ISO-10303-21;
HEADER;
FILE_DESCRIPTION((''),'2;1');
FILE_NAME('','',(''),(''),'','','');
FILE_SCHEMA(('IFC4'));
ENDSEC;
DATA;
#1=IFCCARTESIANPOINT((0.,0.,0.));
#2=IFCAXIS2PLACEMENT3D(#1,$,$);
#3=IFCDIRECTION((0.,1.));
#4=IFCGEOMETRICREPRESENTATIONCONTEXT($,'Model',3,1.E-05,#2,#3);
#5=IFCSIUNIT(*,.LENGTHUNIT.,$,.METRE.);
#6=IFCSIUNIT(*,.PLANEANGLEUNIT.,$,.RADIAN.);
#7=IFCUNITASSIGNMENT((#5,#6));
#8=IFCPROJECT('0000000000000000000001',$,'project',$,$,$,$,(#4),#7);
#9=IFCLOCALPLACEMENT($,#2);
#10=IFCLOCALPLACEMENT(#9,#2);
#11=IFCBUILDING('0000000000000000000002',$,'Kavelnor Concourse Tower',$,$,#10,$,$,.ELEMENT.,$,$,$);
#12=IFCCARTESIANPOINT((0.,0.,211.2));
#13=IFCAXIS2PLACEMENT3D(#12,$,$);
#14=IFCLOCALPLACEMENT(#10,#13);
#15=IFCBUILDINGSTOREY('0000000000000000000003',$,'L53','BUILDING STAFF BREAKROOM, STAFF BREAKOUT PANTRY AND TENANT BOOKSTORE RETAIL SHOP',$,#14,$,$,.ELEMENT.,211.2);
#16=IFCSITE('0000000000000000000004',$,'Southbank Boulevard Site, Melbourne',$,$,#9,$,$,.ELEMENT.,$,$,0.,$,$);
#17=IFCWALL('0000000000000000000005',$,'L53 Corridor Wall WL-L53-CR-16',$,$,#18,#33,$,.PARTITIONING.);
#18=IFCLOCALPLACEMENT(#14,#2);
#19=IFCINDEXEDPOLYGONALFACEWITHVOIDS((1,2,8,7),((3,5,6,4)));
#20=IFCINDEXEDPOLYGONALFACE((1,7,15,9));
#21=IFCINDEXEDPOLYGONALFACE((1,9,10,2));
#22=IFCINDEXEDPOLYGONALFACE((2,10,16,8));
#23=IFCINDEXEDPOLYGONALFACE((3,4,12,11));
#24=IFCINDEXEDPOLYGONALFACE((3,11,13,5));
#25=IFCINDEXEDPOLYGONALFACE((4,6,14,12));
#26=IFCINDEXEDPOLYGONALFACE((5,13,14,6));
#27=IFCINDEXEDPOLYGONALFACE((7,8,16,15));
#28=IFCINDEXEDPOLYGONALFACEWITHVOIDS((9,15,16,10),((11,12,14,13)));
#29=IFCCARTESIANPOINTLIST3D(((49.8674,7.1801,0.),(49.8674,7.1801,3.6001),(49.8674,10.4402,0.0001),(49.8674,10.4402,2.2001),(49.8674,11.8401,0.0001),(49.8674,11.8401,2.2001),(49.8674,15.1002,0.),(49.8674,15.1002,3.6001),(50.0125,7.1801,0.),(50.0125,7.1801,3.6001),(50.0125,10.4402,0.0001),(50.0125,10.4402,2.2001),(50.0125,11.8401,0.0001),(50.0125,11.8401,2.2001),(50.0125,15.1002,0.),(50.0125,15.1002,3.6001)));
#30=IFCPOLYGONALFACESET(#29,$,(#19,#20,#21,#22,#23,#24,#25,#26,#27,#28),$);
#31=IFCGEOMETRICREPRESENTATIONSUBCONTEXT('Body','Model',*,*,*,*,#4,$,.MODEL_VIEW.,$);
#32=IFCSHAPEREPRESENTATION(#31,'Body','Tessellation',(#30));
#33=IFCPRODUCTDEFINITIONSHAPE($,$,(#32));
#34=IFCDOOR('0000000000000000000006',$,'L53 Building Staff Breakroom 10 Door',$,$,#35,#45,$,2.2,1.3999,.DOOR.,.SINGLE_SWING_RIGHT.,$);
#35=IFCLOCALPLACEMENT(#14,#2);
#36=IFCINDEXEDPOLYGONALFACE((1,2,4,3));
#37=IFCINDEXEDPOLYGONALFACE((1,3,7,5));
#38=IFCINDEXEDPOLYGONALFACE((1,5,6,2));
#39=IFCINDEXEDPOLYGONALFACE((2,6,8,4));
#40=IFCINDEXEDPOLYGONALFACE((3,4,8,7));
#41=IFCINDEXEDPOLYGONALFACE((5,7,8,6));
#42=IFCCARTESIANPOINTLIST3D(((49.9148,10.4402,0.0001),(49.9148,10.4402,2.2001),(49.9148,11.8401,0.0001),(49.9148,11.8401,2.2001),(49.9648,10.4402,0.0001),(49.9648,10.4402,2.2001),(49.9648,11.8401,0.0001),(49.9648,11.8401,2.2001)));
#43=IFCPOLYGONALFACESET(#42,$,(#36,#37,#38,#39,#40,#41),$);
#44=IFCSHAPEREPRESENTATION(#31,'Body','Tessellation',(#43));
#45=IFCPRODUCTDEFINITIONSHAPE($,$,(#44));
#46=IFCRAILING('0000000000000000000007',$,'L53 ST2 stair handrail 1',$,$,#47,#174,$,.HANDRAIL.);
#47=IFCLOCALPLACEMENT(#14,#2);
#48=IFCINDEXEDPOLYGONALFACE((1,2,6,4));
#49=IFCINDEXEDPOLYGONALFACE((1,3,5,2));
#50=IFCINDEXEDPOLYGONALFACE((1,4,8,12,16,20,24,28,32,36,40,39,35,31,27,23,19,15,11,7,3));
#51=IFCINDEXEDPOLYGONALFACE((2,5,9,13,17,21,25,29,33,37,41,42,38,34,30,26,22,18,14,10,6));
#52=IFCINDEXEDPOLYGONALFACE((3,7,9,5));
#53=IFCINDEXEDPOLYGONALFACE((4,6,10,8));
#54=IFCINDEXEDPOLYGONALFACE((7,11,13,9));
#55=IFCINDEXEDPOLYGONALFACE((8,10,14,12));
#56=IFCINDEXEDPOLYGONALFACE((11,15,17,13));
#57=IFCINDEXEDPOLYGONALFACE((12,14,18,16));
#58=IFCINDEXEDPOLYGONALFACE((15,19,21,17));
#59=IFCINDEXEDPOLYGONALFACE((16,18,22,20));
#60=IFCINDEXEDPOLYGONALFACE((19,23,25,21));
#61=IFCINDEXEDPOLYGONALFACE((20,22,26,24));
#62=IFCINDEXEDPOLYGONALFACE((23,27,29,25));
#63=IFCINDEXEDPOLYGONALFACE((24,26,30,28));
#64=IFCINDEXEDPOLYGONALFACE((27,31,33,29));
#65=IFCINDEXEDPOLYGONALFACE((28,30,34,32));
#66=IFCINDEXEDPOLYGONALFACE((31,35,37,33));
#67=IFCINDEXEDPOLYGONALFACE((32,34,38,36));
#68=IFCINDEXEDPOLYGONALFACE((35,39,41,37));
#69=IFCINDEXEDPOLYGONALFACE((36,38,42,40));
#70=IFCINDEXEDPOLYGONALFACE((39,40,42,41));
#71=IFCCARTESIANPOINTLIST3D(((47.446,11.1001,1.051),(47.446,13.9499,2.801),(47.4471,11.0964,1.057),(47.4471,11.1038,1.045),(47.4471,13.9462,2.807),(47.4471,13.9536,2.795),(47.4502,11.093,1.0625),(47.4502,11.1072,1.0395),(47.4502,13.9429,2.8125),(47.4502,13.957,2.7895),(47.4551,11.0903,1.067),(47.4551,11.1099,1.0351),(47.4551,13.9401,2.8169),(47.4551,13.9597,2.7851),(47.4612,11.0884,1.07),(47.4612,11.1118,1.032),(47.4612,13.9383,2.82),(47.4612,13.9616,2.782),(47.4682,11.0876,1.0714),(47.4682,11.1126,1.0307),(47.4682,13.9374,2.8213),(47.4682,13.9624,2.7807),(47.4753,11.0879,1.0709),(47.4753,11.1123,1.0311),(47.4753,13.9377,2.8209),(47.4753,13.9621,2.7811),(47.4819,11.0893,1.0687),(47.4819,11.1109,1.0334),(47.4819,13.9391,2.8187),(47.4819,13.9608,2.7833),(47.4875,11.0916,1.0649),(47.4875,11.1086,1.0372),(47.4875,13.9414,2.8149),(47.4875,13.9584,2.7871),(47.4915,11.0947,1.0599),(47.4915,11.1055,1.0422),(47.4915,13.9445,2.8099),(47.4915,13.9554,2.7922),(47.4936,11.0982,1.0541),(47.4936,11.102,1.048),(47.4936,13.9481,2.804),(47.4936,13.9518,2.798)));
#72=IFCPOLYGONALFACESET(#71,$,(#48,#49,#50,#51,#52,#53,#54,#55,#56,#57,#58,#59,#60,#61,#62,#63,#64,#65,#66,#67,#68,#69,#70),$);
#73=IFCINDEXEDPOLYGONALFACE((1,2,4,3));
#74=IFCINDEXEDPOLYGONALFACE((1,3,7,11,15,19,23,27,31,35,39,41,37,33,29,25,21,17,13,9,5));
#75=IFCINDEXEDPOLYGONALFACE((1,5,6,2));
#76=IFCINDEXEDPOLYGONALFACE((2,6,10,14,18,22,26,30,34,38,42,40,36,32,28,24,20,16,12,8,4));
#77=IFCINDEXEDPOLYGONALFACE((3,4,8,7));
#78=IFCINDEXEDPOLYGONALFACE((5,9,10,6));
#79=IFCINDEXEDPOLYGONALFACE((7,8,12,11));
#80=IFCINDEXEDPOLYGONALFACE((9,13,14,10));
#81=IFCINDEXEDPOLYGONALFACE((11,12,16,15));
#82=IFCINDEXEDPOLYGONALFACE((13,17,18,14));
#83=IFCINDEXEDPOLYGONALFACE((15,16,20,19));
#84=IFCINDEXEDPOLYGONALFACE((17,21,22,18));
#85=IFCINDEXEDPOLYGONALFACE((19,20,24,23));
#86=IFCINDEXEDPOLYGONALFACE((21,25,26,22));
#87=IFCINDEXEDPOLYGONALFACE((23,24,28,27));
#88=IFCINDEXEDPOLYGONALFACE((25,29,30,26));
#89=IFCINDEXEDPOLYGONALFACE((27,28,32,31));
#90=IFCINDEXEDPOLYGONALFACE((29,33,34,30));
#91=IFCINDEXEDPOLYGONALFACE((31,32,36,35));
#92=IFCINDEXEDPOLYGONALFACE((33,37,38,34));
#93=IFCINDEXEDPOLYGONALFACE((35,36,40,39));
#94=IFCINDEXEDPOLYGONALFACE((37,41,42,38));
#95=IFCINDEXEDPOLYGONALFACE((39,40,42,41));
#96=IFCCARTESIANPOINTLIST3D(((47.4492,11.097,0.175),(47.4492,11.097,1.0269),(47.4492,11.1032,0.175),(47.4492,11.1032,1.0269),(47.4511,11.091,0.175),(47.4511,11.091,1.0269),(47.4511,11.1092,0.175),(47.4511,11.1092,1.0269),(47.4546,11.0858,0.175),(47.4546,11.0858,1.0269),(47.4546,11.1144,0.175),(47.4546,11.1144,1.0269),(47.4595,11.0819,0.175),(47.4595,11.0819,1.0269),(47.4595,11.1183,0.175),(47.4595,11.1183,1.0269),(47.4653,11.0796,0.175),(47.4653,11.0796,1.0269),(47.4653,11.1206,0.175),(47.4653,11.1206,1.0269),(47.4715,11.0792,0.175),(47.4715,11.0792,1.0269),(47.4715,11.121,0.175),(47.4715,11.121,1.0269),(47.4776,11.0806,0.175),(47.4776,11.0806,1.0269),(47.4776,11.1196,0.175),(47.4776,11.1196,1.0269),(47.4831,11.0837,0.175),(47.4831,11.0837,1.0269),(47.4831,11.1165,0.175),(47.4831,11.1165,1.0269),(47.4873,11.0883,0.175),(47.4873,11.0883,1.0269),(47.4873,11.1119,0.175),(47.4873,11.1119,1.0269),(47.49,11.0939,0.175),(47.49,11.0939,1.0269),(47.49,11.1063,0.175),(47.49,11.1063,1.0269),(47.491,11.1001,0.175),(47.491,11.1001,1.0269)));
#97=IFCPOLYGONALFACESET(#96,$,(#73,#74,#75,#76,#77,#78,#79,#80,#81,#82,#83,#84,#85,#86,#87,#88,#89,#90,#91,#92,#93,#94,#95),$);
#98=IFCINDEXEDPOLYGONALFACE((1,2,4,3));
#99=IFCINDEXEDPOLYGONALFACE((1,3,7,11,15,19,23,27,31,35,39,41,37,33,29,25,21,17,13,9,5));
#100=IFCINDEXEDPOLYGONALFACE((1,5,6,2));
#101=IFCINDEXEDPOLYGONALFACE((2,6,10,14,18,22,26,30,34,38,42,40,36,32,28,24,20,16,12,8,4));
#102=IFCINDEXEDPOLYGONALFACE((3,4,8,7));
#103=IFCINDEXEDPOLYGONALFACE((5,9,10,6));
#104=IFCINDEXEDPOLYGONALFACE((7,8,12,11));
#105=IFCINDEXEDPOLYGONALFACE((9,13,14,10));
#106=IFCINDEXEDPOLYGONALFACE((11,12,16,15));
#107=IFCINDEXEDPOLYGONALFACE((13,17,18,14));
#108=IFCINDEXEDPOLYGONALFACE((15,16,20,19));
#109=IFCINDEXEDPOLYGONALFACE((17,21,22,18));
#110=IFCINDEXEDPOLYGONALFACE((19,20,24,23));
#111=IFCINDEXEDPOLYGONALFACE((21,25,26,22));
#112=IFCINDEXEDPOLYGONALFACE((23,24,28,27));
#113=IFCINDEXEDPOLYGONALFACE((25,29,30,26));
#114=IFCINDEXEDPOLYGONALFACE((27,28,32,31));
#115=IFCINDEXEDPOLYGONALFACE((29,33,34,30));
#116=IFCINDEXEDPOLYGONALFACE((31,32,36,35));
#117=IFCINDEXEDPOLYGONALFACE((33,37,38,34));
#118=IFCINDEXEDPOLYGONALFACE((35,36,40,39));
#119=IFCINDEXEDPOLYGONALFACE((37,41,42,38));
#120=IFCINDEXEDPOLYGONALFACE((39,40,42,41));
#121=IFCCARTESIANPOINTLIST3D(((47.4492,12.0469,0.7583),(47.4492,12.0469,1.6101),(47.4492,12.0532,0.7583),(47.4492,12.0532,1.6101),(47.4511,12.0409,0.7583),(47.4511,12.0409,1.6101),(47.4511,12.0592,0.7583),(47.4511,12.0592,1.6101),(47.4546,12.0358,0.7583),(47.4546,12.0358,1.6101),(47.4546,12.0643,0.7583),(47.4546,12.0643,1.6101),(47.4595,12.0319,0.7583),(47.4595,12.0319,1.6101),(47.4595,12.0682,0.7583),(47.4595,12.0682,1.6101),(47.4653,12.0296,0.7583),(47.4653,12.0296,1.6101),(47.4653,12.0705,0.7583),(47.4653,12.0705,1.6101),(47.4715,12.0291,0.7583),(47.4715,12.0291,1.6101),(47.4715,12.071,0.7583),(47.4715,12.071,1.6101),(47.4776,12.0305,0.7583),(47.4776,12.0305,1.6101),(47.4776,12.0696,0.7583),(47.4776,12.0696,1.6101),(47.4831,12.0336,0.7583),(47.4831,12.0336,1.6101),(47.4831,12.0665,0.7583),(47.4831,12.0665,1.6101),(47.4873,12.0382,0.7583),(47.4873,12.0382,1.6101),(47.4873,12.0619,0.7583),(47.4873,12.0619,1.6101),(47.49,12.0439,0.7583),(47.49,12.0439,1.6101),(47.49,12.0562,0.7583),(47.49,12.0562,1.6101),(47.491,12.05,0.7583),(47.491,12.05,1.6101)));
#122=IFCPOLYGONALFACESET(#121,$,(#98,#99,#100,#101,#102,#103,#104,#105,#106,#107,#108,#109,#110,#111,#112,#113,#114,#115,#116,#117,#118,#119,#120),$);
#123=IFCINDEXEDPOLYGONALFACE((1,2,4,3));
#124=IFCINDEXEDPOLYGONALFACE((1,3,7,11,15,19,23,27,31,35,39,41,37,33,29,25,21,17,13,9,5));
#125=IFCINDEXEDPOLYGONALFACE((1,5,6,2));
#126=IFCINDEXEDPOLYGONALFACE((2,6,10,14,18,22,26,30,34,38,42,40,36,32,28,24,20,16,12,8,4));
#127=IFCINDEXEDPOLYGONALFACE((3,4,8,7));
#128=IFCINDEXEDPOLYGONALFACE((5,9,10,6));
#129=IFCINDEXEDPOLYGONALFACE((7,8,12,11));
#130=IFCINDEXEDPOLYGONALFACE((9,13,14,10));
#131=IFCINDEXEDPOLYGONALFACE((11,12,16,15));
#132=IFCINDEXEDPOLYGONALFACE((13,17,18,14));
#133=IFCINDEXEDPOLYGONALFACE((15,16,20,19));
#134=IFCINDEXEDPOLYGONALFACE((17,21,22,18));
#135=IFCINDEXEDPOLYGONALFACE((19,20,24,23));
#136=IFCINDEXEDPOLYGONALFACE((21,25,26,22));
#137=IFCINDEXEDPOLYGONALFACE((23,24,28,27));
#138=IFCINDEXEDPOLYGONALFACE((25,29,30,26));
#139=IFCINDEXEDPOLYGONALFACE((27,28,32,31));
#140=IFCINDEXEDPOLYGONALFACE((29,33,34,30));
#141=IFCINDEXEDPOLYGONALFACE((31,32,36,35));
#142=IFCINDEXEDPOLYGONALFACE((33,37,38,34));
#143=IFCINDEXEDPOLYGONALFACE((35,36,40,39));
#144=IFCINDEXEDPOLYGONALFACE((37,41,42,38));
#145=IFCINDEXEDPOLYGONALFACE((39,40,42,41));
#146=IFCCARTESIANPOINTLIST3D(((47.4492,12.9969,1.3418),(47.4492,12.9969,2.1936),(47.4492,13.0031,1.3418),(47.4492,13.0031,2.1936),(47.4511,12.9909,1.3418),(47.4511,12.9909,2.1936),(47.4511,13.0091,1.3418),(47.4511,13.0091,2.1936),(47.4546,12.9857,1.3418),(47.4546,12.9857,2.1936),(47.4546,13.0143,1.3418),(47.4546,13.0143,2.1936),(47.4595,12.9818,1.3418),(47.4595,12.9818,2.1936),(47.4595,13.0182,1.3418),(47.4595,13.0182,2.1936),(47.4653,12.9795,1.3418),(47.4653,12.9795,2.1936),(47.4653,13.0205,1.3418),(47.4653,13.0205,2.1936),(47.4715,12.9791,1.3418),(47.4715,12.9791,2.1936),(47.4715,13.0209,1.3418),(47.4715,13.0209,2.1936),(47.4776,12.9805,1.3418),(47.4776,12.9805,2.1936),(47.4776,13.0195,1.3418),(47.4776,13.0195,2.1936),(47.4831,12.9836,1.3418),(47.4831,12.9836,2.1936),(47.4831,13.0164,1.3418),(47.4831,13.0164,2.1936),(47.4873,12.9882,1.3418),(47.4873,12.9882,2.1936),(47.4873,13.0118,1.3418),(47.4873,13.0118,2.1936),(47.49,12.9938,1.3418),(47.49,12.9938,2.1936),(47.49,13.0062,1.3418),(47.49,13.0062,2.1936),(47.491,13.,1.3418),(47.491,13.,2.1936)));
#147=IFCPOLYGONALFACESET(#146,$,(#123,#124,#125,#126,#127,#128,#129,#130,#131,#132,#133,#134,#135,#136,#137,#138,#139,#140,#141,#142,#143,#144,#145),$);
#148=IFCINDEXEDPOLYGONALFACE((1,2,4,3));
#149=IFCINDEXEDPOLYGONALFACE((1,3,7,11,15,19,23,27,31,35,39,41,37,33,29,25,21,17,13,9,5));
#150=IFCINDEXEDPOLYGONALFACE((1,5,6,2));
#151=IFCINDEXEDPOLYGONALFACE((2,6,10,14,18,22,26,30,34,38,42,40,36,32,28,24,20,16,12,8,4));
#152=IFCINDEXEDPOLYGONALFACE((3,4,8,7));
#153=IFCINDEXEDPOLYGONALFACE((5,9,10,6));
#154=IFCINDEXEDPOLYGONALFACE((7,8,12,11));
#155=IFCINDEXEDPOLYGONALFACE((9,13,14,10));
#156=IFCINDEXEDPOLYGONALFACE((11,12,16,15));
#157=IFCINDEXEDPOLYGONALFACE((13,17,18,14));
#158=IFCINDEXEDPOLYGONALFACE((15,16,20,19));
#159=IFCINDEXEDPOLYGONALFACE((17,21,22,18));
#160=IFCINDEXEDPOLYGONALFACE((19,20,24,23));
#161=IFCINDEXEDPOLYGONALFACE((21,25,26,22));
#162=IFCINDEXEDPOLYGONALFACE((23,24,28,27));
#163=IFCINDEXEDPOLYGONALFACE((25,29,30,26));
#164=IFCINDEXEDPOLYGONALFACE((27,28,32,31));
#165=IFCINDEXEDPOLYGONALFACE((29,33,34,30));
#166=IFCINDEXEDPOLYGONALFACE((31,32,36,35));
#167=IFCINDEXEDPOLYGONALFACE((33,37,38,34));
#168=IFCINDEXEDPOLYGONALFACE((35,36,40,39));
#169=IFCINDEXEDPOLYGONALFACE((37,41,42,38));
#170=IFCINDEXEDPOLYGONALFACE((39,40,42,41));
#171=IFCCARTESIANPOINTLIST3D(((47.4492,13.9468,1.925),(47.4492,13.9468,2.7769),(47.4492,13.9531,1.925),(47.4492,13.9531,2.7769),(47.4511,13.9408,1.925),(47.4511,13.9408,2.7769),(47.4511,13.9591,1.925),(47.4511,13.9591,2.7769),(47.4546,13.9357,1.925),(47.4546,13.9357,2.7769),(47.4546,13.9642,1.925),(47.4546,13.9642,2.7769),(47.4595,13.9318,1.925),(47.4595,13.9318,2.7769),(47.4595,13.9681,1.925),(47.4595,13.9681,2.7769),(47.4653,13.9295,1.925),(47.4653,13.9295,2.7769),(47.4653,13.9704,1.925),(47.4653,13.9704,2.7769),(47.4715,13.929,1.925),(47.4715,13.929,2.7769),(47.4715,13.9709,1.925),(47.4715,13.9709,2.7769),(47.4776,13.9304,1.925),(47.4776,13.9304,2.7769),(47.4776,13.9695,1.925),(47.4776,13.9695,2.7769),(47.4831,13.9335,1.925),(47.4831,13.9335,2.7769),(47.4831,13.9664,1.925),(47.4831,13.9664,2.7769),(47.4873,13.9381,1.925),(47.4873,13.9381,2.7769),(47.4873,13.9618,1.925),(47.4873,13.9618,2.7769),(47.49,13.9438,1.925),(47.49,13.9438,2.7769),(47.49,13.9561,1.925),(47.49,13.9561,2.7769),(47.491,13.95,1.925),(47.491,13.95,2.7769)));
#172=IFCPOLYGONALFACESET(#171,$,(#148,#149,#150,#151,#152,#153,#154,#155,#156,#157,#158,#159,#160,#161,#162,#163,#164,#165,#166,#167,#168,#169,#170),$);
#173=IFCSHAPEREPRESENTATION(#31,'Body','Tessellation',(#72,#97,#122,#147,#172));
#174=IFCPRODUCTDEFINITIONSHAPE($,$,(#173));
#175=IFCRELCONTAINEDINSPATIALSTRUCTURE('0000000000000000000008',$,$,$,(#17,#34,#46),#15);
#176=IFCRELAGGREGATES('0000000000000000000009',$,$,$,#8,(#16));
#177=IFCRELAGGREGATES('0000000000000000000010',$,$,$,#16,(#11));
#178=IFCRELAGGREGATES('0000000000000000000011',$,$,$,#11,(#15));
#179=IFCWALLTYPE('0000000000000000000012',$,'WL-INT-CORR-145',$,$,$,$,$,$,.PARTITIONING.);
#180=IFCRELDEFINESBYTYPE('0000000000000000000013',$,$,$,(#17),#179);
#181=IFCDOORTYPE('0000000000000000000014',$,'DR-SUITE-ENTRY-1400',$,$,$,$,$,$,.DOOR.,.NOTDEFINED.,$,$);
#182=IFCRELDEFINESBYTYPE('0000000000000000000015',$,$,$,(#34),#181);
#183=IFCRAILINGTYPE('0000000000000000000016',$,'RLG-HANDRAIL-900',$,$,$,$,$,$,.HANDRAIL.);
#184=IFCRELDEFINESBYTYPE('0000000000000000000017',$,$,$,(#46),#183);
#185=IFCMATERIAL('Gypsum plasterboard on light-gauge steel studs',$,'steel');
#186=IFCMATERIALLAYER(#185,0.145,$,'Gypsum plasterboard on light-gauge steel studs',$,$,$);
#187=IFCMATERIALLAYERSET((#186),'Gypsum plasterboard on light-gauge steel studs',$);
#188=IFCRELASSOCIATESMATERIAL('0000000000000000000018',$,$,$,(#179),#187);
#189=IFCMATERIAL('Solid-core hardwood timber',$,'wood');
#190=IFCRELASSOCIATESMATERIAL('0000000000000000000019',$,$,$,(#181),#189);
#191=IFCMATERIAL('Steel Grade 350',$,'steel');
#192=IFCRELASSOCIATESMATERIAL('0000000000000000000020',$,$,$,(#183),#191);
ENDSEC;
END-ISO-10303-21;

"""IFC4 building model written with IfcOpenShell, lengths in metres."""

from ifc_helpers import new_model, si_unit, direction, frame, frame_2d, origin, origin_2d, place, context, subcontext, project, spatial, rectangle, circle, extrude, material, layer, layer_set, type_object, element, fill, save


model = new_model("IFC4")

# Units and contexts
model_context = context("Model", 3, precision=1e-05, world=origin(), true_north=direction((0.0, 1.0)))
body_context = subcontext(model_context, "Body", "Model", "MODEL_VIEW")
ifc_project = project(units=[si_unit("LENGTHUNIT", "METRE"), si_unit("PLANEANGLEUNIT", "RADIAN")], contexts=[model_context])

# Site, building, storey
site_placement = place(None, origin())
site = spatial("IfcSite", under=ifc_project, at=site_placement, Name="Southbank Boulevard Site, Melbourne", CompositionType="ELEMENT", RefElevation=0.0)
building_placement = place(site_placement, origin())
building = spatial("IfcBuilding", under=site, at=building_placement, Name="Kavelnor Concourse Tower", CompositionType="ELEMENT")
storey_placement = place(building_placement, frame((0.0, 0.0, 211.2)))
storey = spatial("IfcBuildingStorey", under=building, at=storey_placement, Name="L53", Description="BUILDING STAFF BREAKROOM, STAFF BREAKOUT PANTRY AND TENANT BOOKSTORE RETAIL SHOP", CompositionType="ELEMENT", Elevation=211.2)

# Shared definitions
ifc_material_1 = material(Name="Steel Grade 350", Category="steel")

# Shared definitions
ifc_material_2 = material(Name="Gypsum plasterboard on light-gauge steel studs", Category="steel")
ifc_layer_1 = layer(ifc_material_2, 0.145, Name="Gypsum plasterboard on light-gauge steel studs")
ifc_layer_set_1 = layer_set([ifc_layer_1], Name="Gypsum plasterboard on light-gauge steel studs")
wall_type_1 = type_object("IfcWallType", Name="WL-INT-CORR-145", PredefinedType="PARTITIONING", material=ifc_layer_set_1)

# Wall, opening, door
wall_1_placement = place(storey_placement, frame((49.9399, 15.1001, 0.0), z_axis=(0.0, 0.0, 1.0), x_axis=(0.0, -1.0, 0.0)))
wall_1 = element("IfcWall", 1, at=wall_1_placement, inside=storey, type_object=wall_type_1, Name="L53 Corridor Wall WL-L53-CR-16", PredefinedType="PARTITIONING", context=body_context, shape_type="SweptSolid", body=[
    extrude(rectangle(XDim=7.9202, YDim=0.145, at=frame_2d((3.96, 0.0))), origin(), (0.0, 0.0, 1.0), 3.6001),
])
opening_1_placement = place(wall_1_placement, frame((3.26, 0.0, 0.0)))
opening_1 = element("IfcOpeningElement", 2, at=opening_1_placement, cuts=wall_1, PredefinedType="OPENING", context=body_context, shape_type="SweptSolid", body=[
    extrude(rectangle(XDim=1.3999, YDim=2.2, at=frame_2d((0.7, 1.1001))), frame((0.0, 0.0825, 0.0), z_axis=(0.0, -1.0, 0.0), x_axis=(1.0, 0.0, 0.0)), (0.0, 0.0, 1.0), 0.165),
])
ifc_material_3 = material(Name="Solid-core hardwood timber", Category="wood")
door_type_1 = type_object("IfcDoorType", Name="DR-SUITE-ENTRY-1400", OperationType="NOTDEFINED", PredefinedType="DOOR", material=ifc_material_3)
door_1_placement = place(opening_1_placement, origin())
door_1 = element("IfcDoor", 3, at=door_1_placement, inside=storey, type_object=door_type_1, Name="L53 Building Staff Breakroom 10 Door", OperationType="SINGLE_SWING_RIGHT", OverallHeight=2.2, OverallWidth=1.3999, PredefinedType="DOOR", context=body_context, shape_type="SweptSolid", body=[
    extrude(rectangle(XDim=1.3999, YDim=2.2, at=frame_2d((0.7, 1.1001))), frame((0.0, 0.0249, 0.0), z_axis=(0.0, -1.0, 0.0), x_axis=(1.0, 0.0, 0.0)), (0.0, 0.0, 1.0), 0.05),
])
fill(opening_1, door_1)

# Railing
railing_type = type_object("IfcRailingType", Name="RLG-HANDRAIL-900", PredefinedType="HANDRAIL", material=ifc_material_1)
railing_placement = place(storey_placement, frame((47.47, 11.1001, 0.175)))
element("IfcRailing", 4, at=railing_placement, inside=storey, type_object=railing_type, Name="L53 ST2 stair handrail 1", PredefinedType="HANDRAIL", context=body_context, shape_type="SweptSolid", body=[
    extrude(circle(Radius=0.0239, at=origin_2d()), frame((0.0, 0.0, 0.876), z_axis=(0.0, 0.852159, 0.523283), x_axis=(-1.0, 0.0, 0.0)), (0.0, 0.0, 1.0), 3.3442),
    extrude(circle(Radius=0.021, at=origin_2d()), origin(), (0.0, 0.0, 1.0), 0.8518),
    extrude(circle(Radius=0.021, at=origin_2d()), frame((0.0, 0.95, 0.5833)), (0.0, 0.0, 1.0), 0.8518),
    extrude(circle(Radius=0.021, at=origin_2d()), frame((0.0, 1.8999, 1.1667)), (0.0, 0.0, 1.0), 0.8518),
    extrude(circle(Radius=0.021, at=origin_2d()), frame((0.0, 2.8499, 1.75)), (0.0, 0.0, 1.0), 0.8518),
])

save(model, "model.ifc")
